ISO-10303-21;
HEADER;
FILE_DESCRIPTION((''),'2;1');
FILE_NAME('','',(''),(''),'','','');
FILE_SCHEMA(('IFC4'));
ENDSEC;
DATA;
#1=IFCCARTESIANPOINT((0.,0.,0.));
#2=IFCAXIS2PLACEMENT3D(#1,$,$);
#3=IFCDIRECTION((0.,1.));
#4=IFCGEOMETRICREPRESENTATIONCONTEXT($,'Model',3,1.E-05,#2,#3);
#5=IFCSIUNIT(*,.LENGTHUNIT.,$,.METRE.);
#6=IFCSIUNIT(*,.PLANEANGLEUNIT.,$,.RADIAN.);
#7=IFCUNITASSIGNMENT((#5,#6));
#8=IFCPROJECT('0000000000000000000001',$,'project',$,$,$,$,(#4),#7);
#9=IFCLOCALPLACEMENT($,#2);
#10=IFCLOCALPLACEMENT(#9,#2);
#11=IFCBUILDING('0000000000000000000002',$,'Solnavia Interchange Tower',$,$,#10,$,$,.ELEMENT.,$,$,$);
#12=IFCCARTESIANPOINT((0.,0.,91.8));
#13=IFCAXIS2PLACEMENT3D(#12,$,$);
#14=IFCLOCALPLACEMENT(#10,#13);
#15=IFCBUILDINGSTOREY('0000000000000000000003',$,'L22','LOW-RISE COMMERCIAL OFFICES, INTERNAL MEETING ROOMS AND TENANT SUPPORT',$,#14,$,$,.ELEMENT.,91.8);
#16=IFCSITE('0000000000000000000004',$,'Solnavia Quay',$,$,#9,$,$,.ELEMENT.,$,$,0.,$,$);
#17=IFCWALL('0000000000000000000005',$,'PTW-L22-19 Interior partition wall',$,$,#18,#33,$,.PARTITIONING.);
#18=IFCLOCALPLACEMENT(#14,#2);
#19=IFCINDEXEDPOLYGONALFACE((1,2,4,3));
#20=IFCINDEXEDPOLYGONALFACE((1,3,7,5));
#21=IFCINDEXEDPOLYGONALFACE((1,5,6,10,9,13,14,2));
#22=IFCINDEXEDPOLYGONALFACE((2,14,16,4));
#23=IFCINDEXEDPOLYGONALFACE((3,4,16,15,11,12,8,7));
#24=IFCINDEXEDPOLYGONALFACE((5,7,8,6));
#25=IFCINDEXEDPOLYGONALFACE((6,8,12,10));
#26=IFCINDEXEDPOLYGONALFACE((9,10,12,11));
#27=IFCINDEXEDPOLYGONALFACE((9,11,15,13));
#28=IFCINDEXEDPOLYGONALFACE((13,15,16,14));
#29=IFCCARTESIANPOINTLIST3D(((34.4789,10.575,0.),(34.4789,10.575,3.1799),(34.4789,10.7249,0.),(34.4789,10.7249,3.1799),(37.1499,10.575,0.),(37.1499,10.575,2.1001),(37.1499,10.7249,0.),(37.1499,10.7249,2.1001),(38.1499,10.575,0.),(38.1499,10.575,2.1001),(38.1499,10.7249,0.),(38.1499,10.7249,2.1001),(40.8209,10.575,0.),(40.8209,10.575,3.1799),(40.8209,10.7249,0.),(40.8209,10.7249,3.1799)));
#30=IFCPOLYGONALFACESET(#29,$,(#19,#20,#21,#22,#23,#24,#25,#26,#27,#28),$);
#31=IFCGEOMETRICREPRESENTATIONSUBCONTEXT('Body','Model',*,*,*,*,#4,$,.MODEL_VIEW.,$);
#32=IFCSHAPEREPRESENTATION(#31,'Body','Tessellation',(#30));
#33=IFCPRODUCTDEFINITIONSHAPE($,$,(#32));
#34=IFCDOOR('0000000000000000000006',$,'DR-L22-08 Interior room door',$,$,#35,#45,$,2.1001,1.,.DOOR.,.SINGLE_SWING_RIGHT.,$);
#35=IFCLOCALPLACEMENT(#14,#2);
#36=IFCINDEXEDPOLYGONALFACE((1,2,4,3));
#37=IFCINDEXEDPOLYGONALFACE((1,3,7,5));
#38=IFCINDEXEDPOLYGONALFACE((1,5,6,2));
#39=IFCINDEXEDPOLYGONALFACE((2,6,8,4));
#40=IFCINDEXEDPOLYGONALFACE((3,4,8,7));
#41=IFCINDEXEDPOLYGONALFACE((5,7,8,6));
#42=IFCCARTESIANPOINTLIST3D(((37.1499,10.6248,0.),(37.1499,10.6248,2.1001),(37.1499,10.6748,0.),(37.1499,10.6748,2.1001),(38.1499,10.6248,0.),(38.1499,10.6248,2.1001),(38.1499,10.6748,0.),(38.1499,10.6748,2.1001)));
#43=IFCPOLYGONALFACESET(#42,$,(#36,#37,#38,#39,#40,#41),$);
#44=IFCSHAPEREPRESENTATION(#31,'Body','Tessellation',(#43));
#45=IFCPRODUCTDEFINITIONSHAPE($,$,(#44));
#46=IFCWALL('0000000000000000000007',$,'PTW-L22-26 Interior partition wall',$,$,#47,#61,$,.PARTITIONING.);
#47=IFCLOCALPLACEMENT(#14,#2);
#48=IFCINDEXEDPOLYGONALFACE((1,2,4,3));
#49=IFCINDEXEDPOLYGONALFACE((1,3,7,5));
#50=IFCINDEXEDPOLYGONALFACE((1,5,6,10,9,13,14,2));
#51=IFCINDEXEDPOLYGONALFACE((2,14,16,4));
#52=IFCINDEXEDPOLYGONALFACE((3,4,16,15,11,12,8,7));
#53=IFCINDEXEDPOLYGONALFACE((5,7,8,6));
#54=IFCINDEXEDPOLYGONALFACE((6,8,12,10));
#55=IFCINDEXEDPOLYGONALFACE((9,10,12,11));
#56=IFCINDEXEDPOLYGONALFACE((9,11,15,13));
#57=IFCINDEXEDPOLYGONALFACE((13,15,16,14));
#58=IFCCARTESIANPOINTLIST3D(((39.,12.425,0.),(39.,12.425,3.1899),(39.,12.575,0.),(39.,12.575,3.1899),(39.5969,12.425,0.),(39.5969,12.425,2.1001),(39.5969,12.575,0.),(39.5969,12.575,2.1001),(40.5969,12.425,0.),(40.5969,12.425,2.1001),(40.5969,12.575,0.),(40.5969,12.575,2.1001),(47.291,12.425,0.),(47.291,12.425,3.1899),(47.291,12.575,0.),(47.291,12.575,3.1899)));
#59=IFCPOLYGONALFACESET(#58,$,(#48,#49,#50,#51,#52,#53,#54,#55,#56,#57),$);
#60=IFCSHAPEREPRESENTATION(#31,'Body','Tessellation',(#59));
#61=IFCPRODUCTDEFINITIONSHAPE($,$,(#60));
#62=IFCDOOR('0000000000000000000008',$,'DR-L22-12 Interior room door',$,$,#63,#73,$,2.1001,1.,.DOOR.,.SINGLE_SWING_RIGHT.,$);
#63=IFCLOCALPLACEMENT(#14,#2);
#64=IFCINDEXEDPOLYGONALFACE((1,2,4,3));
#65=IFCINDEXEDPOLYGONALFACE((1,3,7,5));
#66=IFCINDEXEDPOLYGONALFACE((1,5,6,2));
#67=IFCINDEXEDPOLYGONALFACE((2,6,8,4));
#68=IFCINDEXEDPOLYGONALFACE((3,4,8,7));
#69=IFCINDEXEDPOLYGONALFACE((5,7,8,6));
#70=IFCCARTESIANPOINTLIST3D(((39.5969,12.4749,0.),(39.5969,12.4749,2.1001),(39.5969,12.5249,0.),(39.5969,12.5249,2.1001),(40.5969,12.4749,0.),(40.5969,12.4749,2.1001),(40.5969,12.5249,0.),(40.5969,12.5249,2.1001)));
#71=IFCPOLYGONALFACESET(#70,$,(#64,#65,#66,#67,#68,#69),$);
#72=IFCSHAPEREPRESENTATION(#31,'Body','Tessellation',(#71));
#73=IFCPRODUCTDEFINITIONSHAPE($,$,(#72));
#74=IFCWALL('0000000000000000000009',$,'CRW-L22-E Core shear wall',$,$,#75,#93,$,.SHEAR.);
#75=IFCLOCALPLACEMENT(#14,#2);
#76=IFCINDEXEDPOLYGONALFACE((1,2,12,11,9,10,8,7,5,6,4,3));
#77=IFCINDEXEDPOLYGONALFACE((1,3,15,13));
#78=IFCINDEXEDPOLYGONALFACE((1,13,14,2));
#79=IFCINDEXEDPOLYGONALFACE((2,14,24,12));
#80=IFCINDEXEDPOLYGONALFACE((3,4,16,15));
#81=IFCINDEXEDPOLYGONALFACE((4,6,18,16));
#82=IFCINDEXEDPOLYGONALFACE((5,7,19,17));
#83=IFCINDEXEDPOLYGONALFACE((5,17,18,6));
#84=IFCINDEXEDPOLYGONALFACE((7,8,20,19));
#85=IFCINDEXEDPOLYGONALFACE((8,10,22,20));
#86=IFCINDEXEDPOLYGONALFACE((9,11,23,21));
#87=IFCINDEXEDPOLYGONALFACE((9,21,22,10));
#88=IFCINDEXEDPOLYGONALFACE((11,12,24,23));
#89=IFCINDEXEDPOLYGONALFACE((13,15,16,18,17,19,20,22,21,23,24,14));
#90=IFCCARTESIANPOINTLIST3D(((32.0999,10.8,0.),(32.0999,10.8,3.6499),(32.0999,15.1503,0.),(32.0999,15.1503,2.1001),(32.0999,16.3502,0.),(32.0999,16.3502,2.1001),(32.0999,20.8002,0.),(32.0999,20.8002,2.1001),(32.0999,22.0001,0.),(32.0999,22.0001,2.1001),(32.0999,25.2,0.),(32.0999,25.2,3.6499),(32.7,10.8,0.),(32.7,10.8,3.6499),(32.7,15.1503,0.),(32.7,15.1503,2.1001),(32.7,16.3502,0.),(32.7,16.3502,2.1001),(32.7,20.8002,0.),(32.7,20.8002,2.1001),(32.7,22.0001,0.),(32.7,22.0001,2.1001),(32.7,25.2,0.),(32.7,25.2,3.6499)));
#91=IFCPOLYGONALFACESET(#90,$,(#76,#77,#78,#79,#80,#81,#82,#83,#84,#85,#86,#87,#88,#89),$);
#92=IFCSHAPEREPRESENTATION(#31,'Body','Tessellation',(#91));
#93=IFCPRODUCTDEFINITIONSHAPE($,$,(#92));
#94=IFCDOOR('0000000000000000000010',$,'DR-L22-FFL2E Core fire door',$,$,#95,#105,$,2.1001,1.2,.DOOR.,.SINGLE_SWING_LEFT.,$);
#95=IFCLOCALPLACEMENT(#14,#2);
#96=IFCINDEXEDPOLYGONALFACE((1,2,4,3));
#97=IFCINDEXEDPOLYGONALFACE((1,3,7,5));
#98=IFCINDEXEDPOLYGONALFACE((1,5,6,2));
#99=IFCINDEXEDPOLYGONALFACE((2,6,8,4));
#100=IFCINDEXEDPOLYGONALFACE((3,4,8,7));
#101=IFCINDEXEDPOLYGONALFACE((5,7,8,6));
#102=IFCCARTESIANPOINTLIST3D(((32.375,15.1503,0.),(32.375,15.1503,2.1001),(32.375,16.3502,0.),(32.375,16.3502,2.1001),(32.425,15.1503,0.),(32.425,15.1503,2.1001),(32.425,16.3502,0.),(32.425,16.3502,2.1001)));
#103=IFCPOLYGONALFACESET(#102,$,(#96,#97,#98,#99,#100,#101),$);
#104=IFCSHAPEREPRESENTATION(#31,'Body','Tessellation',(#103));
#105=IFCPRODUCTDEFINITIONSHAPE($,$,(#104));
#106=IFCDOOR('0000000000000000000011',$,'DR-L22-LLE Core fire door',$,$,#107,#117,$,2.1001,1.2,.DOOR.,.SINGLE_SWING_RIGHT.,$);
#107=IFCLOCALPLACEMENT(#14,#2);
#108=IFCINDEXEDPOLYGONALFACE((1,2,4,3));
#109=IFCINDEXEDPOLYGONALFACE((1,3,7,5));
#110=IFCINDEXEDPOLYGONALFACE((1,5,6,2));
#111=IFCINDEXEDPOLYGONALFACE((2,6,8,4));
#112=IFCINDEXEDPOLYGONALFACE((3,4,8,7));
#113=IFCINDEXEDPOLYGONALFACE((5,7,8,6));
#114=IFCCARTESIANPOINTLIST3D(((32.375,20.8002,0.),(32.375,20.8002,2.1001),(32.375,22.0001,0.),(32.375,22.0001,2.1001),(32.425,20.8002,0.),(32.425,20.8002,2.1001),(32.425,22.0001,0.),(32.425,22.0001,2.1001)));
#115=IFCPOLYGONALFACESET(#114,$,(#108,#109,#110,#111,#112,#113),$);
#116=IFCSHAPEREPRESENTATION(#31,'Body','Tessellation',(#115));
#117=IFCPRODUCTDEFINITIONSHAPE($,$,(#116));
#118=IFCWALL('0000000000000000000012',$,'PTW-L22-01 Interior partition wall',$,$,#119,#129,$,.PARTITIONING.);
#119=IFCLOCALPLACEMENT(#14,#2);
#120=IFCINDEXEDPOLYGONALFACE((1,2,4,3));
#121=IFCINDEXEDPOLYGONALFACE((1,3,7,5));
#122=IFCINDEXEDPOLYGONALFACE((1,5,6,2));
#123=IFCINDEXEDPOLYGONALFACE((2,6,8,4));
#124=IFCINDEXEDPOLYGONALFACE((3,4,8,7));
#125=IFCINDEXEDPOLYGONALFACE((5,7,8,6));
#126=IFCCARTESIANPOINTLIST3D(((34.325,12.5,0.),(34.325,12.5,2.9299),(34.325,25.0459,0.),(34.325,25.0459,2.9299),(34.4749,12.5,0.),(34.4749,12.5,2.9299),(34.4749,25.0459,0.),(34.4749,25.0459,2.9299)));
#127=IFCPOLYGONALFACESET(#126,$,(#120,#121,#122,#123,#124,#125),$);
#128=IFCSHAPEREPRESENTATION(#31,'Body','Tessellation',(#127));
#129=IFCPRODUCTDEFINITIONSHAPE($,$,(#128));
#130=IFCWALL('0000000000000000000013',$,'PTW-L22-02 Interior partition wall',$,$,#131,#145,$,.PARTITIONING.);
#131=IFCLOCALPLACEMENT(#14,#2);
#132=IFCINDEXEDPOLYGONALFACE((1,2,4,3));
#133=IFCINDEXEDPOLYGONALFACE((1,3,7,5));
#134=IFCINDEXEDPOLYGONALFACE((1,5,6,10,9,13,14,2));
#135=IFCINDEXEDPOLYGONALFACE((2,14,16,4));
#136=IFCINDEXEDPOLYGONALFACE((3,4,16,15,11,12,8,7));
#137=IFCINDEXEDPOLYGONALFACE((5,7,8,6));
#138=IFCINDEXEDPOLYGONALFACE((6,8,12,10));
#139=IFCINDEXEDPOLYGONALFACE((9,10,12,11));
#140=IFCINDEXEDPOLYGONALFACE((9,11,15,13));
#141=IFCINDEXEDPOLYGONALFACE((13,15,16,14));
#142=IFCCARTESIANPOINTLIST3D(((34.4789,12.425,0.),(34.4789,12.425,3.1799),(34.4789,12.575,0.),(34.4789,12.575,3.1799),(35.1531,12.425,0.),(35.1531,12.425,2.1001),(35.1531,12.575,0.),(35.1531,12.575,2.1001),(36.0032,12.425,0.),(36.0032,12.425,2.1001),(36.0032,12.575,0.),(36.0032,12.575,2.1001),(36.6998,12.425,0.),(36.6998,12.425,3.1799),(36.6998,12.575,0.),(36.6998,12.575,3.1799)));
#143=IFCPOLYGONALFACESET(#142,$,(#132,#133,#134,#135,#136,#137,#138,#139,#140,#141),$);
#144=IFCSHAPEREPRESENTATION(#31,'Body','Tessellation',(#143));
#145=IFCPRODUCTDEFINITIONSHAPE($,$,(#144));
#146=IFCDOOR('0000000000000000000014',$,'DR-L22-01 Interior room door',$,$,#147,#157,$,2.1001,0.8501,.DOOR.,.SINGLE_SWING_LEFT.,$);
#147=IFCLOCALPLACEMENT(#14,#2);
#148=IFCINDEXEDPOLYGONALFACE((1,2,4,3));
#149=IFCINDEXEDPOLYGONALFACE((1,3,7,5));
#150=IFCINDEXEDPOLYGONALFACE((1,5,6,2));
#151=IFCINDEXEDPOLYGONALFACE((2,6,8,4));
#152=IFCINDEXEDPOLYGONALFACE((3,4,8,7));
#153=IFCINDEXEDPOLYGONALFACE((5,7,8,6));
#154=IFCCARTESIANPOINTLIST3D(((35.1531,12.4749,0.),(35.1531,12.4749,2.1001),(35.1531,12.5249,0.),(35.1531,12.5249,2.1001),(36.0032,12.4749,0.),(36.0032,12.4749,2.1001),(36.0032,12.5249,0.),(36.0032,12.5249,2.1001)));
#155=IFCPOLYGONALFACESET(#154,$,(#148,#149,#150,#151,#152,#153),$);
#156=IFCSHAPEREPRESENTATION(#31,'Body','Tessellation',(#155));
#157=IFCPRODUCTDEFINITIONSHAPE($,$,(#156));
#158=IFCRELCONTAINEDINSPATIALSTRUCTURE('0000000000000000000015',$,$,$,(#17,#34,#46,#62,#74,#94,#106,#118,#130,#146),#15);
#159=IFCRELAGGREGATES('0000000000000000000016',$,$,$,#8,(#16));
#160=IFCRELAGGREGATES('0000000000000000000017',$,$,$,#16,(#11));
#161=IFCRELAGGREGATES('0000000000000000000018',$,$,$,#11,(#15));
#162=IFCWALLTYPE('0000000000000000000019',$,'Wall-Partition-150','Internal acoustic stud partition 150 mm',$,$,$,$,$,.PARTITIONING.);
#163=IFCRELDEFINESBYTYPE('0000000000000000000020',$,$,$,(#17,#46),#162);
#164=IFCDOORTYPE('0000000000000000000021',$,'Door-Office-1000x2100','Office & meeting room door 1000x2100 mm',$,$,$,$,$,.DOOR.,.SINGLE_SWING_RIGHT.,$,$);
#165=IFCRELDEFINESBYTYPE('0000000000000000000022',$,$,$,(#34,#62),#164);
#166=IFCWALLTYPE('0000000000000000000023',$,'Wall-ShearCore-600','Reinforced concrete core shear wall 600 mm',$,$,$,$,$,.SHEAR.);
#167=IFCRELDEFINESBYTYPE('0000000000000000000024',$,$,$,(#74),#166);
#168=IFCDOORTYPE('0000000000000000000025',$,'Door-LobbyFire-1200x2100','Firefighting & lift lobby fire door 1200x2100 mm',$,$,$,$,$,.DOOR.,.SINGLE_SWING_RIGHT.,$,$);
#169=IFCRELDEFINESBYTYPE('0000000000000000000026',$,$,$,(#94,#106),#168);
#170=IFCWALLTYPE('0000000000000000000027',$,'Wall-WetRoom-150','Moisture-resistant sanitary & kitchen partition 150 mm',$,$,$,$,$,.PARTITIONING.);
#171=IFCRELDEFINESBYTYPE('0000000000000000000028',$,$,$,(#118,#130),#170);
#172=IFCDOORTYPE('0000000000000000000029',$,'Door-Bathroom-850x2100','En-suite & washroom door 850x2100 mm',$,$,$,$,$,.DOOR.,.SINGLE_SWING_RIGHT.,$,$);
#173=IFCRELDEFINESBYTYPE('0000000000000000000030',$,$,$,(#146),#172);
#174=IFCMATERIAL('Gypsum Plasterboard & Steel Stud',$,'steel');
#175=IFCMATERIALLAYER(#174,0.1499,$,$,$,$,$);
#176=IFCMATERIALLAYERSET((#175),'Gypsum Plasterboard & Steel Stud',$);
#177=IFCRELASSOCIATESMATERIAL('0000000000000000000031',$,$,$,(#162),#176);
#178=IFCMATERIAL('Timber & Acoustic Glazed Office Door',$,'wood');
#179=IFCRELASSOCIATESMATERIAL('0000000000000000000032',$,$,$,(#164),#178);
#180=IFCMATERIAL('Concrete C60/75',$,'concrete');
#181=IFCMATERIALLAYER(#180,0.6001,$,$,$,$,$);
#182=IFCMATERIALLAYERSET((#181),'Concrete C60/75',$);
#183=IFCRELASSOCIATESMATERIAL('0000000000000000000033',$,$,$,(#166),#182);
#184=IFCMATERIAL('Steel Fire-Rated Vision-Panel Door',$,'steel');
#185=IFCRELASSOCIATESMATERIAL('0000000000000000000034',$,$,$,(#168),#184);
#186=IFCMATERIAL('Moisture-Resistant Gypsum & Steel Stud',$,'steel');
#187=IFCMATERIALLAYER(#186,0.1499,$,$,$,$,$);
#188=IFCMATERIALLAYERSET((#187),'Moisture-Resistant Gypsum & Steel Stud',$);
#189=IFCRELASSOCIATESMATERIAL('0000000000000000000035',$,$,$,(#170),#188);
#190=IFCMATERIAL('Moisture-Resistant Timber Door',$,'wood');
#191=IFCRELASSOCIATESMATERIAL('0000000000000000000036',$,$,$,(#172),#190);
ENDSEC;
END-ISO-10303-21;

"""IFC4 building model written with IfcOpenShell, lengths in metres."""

from ifc_helpers import new_model, si_unit, direction, frame, frame_2d, origin, place, context, subcontext, project, spatial, rectangle, extrude, material, layer, layer_set, type_object, element, fill, save


model = new_model("IFC4")

# Units and contexts
model_context = context("Model", 3, precision=1e-05, world=origin(), true_north=direction((0.0, 1.0)))
body_context = subcontext(model_context, "Body", "Model", "MODEL_VIEW")
ifc_project = project(units=[si_unit("LENGTHUNIT", "METRE"), si_unit("PLANEANGLEUNIT", "RADIAN")], contexts=[model_context])

# Site, building, storey
site_placement = place(None, origin())
site = spatial("IfcSite", under=ifc_project, at=site_placement, Name="Solnavia Quay", CompositionType="ELEMENT", RefElevation=0.0)
building_placement = place(site_placement, origin())
building = spatial("IfcBuilding", under=site, at=building_placement, Name="Solnavia Interchange Tower", CompositionType="ELEMENT")
storey_placement = place(building_placement, frame((0.0, 0.0, 91.8)))
storey = spatial("IfcBuildingStorey", under=building, at=storey_placement, Name="L22", Description="LOW-RISE COMMERCIAL OFFICES, INTERNAL MEETING ROOMS AND TENANT SUPPORT", CompositionType="ELEMENT", Elevation=91.8)

# Shared definitions
ifc_material_1 = material(Name="Gypsum Plasterboard & Steel Stud", Category="steel")
ifc_layer_1 = layer(ifc_material_1, 0.1499)
ifc_layer_set_1 = layer_set([ifc_layer_1], Name="Gypsum Plasterboard & Steel Stud")
wall_type_1 = type_object("IfcWallType", Name="Wall-Partition-150", Description="Internal acoustic stud partition 150 mm", PredefinedType="PARTITIONING", material=ifc_layer_set_1)

# Walls, openings, doors
wall_1_placement = place(storey_placement, frame((34.479, 10.6499, 0.0), z_axis=(0.0, 0.0, 1.0), x_axis=(1.0, 0.0, 0.0)))
wall_1 = element("IfcWall", 1, at=wall_1_placement, inside=storey, type_object=wall_type_1, Name="PTW-L22-19 Interior partition wall", PredefinedType="PARTITIONING", context=body_context, shape_type="SweptSolid", body=[
    extrude(rectangle(XDim=6.342, YDim=0.1499, at=frame_2d((3.1709, 0.0))), origin(), (0.0, 0.0, 1.0), 3.1799),
])
opening_1_placement = place(wall_1_placement, frame((2.6709, 0.0, 0.0)))
opening_1 = element("IfcOpeningElement", 2, at=opening_1_placement, cuts=wall_1, PredefinedType="OPENING", context=body_context, shape_type="SweptSolid", body=[
    extrude(rectangle(XDim=1.0, YDim=2.1001, at=frame_2d((0.5, 1.05))), frame((0.0, 0.085, 0.0), z_axis=(0.0, -1.0, 0.0), x_axis=(1.0, 0.0, 0.0)), (0.0, 0.0, 1.0), 0.1699),
])
ifc_material_2 = material(Name="Timber & Acoustic Glazed Office Door", Category="wood")
door_type_1 = type_object("IfcDoorType", Name="Door-Office-1000x2100", Description="Office & meeting room door 1000x2100 mm", OperationType="SINGLE_SWING_RIGHT", PredefinedType="DOOR", material=ifc_material_2)
door_1_placement = place(opening_1_placement, origin())
door_1 = element("IfcDoor", 3, at=door_1_placement, inside=storey, type_object=door_type_1, Name="DR-L22-08 Interior room door", OperationType="SINGLE_SWING_RIGHT", OverallHeight=2.1001, OverallWidth=1.0, PredefinedType="DOOR", context=body_context, shape_type="SweptSolid", body=[
    extrude(rectangle(XDim=1.0, YDim=2.1001, at=frame_2d((0.5, 1.05))), frame((0.0, 0.0249, 0.0), z_axis=(0.0, -1.0, 0.0), x_axis=(1.0, 0.0, 0.0)), (0.0, 0.0, 1.0), 0.05),
])
fill(opening_1, door_1)
wall_2_placement = place(storey_placement, frame((39.0, 12.5, 0.0), z_axis=(0.0, 0.0, 1.0), x_axis=(1.0, 0.0, 0.0)))
wall_2 = element("IfcWall", 4, at=wall_2_placement, inside=storey, type_object=wall_type_1, Name="PTW-L22-26 Interior partition wall", PredefinedType="PARTITIONING", context=body_context, shape_type="SweptSolid", body=[
    extrude(rectangle(XDim=8.291, YDim=0.1499, at=frame_2d((4.1455, 0.0))), origin(), (0.0, 0.0, 1.0), 3.1899),
])
opening_2_placement = place(wall_2_placement, frame((0.5969, 0.0, 0.0)))
opening_2 = element("IfcOpeningElement", 5, at=opening_2_placement, cuts=wall_2, PredefinedType="OPENING", context=body_context, shape_type="SweptSolid", body=[
    extrude(rectangle(XDim=1.0, YDim=2.1001, at=frame_2d((0.5, 1.05))), frame((0.0, 0.085, 0.0), z_axis=(0.0, -1.0, 0.0), x_axis=(1.0, 0.0, 0.0)), (0.0, 0.0, 1.0), 0.1699),
])
door_2_placement = place(opening_2_placement, origin())
door_2 = element("IfcDoor", 6, at=door_2_placement, inside=storey, type_object=door_type_1, Name="DR-L22-12 Interior room door", OperationType="SINGLE_SWING_RIGHT", OverallHeight=2.1001, OverallWidth=1.0, PredefinedType="DOOR", context=body_context, shape_type="SweptSolid", body=[
    extrude(rectangle(XDim=1.0, YDim=2.1001, at=frame_2d((0.5, 1.05))), frame((0.0, 0.0249, 0.0), z_axis=(0.0, -1.0, 0.0), x_axis=(1.0, 0.0, 0.0)), (0.0, 0.0, 1.0), 0.05),
])
fill(opening_2, door_2)

# Wall, openings, doors
ifc_material_3 = material(Name="Concrete C60/75", Category="concrete")
ifc_layer_2 = layer(ifc_material_3, 0.6001)
ifc_layer_set_2 = layer_set([ifc_layer_2], Name="Concrete C60/75")
wall_type_2 = type_object("IfcWallType", Name="Wall-ShearCore-600", Description="Reinforced concrete core shear wall 600 mm", PredefinedType="SHEAR", material=ifc_layer_set_2)
wall_3_placement = place(storey_placement, frame((32.3999, 10.8, 0.0), z_axis=(0.0, 0.0, 1.0), x_axis=(0.0, 1.0, 0.0)))
wall_3 = element("IfcWall", 7, at=wall_3_placement, inside=storey, type_object=wall_type_2, Name="CRW-L22-E Core shear wall", PredefinedType="SHEAR", context=body_context, shape_type="SweptSolid", body=[
    extrude(rectangle(XDim=14.3999, YDim=0.6001, at=frame_2d((7.2, 0.0))), origin(), (0.0, 0.0, 1.0), 3.6499),
])
opening_3_placement = place(wall_3_placement, frame((4.3501, 0.0, 0.0)))
opening_3 = element("IfcOpeningElement", 8, at=opening_3_placement, cuts=wall_3, PredefinedType="OPENING", context=body_context, shape_type="SweptSolid", body=[
    extrude(rectangle(XDim=1.2, YDim=2.1001, at=frame_2d((0.6001, 1.05))), frame((0.0, 0.3101, 0.0), z_axis=(0.0, -1.0, 0.0), x_axis=(1.0, 0.0, 0.0)), (0.0, 0.0, 1.0), 0.6201),
])
opening_4_placement = place(wall_3_placement, frame((10.0, 0.0, 0.0)))
opening_4 = element("IfcOpeningElement", 9, at=opening_4_placement, cuts=wall_3, PredefinedType="OPENING", context=body_context, shape_type="SweptSolid", body=[
    extrude(rectangle(XDim=1.2, YDim=2.1001, at=frame_2d((0.6001, 1.05))), frame((0.0, 0.3101, 0.0), z_axis=(0.0, -1.0, 0.0), x_axis=(1.0, 0.0, 0.0)), (0.0, 0.0, 1.0), 0.6201),
])
ifc_material_4 = material(Name="Steel Fire-Rated Vision-Panel Door", Category="steel")
door_type_2 = type_object("IfcDoorType", Name="Door-LobbyFire-1200x2100", Description="Firefighting & lift lobby fire door 1200x2100 mm", OperationType="SINGLE_SWING_RIGHT", PredefinedType="DOOR", material=ifc_material_4)
door_3_placement = place(opening_3_placement, origin())
door_3 = element("IfcDoor", 10, at=door_3_placement, inside=storey, type_object=door_type_2, Name="DR-L22-FFL2E Core fire door", OperationType="SINGLE_SWING_LEFT", OverallHeight=2.1001, OverallWidth=1.2, PredefinedType="DOOR", context=body_context, shape_type="SweptSolid", body=[
    extrude(rectangle(XDim=1.2, YDim=2.1001, at=frame_2d((0.6001, 1.05))), frame((0.0, 0.0249, 0.0), z_axis=(0.0, -1.0, 0.0), x_axis=(1.0, 0.0, 0.0)), (0.0, 0.0, 1.0), 0.05),
])
fill(opening_3, door_3)
door_4_placement = place(opening_4_placement, origin())
door_4 = element("IfcDoor", 11, at=door_4_placement, inside=storey, type_object=door_type_2, Name="DR-L22-LLE Core fire door", OperationType="SINGLE_SWING_RIGHT", OverallHeight=2.1001, OverallWidth=1.2, PredefinedType="DOOR", context=body_context, shape_type="SweptSolid", body=[
    extrude(rectangle(XDim=1.2, YDim=2.1001, at=frame_2d((0.6001, 1.05))), frame((0.0, 0.0249, 0.0), z_axis=(0.0, -1.0, 0.0), x_axis=(1.0, 0.0, 0.0)), (0.0, 0.0, 1.0), 0.05),
])
fill(opening_4, door_4)

# Wall
ifc_material_5 = material(Name="Moisture-Resistant Gypsum & Steel Stud", Category="steel")
ifc_layer_3 = layer(ifc_material_5, 0.1499)
ifc_layer_set_3 = layer_set([ifc_layer_3], Name="Moisture-Resistant Gypsum & Steel Stud")
wall_type_3 = type_object("IfcWallType", Name="Wall-WetRoom-150", Description="Moisture-resistant sanitary & kitchen partition 150 mm", PredefinedType="PARTITIONING", material=ifc_layer_set_3)
wall_4_placement = place(storey_placement, frame((34.3999, 12.5, 0.0), z_axis=(0.0, 0.0, 1.0), x_axis=(0.0, 1.0, 0.0)))
element("IfcWall", 12, at=wall_4_placement, inside=storey, type_object=wall_type_3, Name="PTW-L22-01 Interior partition wall", PredefinedType="PARTITIONING", context=body_context, shape_type="SweptSolid", body=[
    extrude(rectangle(XDim=12.5459, YDim=0.1499, at=frame_2d((6.2729, 0.0))), origin(), (0.0, 0.0, 1.0), 2.9299),
])

# Wall, opening, door
wall_5_placement = place(storey_placement, frame((34.479, 12.5, 0.0), z_axis=(0.0, 0.0, 1.0), x_axis=(1.0, 0.0, 0.0)))
wall_5 = element("IfcWall", 13, at=wall_5_placement, inside=storey, type_object=wall_type_3, Name="PTW-L22-02 Interior partition wall", PredefinedType="PARTITIONING", context=body_context, shape_type="SweptSolid", body=[
    extrude(rectangle(XDim=2.2209, YDim=0.1499, at=frame_2d((1.1104, 0.0))), origin(), (0.0, 0.0, 1.0), 3.1799),
])
opening_5_placement = place(wall_5_placement, frame((0.6741, 0.0, 0.0)))
opening_5 = element("IfcOpeningElement", 14, at=opening_5_placement, cuts=wall_5, PredefinedType="OPENING", context=body_context, shape_type="SweptSolid", body=[
    extrude(rectangle(XDim=0.8501, YDim=2.1001, at=frame_2d((0.425, 1.05))), frame((0.0, 0.085, 0.0), z_axis=(0.0, -1.0, 0.0), x_axis=(1.0, 0.0, 0.0)), (0.0, 0.0, 1.0), 0.1699),
])
ifc_material_6 = material(Name="Moisture-Resistant Timber Door", Category="wood")
door_type_3 = type_object("IfcDoorType", Name="Door-Bathroom-850x2100", Description="En-suite & washroom door 850x2100 mm", OperationType="SINGLE_SWING_RIGHT", PredefinedType="DOOR", material=ifc_material_6)
door_5_placement = place(opening_5_placement, origin())
door_5 = element("IfcDoor", 15, at=door_5_placement, inside=storey, type_object=door_type_3, Name="DR-L22-01 Interior room door", OperationType="SINGLE_SWING_LEFT", OverallHeight=2.1001, OverallWidth=0.8501, PredefinedType="DOOR", context=body_context, shape_type="SweptSolid", body=[
    extrude(rectangle(XDim=0.8501, YDim=2.1001, at=frame_2d((0.425, 1.05))), frame((0.0, 0.0249, 0.0), z_axis=(0.0, -1.0, 0.0), x_axis=(1.0, 0.0, 0.0)), (0.0, 0.0, 1.0), 0.05),
])
fill(opening_5, door_5)

save(model, "model.ifc")
